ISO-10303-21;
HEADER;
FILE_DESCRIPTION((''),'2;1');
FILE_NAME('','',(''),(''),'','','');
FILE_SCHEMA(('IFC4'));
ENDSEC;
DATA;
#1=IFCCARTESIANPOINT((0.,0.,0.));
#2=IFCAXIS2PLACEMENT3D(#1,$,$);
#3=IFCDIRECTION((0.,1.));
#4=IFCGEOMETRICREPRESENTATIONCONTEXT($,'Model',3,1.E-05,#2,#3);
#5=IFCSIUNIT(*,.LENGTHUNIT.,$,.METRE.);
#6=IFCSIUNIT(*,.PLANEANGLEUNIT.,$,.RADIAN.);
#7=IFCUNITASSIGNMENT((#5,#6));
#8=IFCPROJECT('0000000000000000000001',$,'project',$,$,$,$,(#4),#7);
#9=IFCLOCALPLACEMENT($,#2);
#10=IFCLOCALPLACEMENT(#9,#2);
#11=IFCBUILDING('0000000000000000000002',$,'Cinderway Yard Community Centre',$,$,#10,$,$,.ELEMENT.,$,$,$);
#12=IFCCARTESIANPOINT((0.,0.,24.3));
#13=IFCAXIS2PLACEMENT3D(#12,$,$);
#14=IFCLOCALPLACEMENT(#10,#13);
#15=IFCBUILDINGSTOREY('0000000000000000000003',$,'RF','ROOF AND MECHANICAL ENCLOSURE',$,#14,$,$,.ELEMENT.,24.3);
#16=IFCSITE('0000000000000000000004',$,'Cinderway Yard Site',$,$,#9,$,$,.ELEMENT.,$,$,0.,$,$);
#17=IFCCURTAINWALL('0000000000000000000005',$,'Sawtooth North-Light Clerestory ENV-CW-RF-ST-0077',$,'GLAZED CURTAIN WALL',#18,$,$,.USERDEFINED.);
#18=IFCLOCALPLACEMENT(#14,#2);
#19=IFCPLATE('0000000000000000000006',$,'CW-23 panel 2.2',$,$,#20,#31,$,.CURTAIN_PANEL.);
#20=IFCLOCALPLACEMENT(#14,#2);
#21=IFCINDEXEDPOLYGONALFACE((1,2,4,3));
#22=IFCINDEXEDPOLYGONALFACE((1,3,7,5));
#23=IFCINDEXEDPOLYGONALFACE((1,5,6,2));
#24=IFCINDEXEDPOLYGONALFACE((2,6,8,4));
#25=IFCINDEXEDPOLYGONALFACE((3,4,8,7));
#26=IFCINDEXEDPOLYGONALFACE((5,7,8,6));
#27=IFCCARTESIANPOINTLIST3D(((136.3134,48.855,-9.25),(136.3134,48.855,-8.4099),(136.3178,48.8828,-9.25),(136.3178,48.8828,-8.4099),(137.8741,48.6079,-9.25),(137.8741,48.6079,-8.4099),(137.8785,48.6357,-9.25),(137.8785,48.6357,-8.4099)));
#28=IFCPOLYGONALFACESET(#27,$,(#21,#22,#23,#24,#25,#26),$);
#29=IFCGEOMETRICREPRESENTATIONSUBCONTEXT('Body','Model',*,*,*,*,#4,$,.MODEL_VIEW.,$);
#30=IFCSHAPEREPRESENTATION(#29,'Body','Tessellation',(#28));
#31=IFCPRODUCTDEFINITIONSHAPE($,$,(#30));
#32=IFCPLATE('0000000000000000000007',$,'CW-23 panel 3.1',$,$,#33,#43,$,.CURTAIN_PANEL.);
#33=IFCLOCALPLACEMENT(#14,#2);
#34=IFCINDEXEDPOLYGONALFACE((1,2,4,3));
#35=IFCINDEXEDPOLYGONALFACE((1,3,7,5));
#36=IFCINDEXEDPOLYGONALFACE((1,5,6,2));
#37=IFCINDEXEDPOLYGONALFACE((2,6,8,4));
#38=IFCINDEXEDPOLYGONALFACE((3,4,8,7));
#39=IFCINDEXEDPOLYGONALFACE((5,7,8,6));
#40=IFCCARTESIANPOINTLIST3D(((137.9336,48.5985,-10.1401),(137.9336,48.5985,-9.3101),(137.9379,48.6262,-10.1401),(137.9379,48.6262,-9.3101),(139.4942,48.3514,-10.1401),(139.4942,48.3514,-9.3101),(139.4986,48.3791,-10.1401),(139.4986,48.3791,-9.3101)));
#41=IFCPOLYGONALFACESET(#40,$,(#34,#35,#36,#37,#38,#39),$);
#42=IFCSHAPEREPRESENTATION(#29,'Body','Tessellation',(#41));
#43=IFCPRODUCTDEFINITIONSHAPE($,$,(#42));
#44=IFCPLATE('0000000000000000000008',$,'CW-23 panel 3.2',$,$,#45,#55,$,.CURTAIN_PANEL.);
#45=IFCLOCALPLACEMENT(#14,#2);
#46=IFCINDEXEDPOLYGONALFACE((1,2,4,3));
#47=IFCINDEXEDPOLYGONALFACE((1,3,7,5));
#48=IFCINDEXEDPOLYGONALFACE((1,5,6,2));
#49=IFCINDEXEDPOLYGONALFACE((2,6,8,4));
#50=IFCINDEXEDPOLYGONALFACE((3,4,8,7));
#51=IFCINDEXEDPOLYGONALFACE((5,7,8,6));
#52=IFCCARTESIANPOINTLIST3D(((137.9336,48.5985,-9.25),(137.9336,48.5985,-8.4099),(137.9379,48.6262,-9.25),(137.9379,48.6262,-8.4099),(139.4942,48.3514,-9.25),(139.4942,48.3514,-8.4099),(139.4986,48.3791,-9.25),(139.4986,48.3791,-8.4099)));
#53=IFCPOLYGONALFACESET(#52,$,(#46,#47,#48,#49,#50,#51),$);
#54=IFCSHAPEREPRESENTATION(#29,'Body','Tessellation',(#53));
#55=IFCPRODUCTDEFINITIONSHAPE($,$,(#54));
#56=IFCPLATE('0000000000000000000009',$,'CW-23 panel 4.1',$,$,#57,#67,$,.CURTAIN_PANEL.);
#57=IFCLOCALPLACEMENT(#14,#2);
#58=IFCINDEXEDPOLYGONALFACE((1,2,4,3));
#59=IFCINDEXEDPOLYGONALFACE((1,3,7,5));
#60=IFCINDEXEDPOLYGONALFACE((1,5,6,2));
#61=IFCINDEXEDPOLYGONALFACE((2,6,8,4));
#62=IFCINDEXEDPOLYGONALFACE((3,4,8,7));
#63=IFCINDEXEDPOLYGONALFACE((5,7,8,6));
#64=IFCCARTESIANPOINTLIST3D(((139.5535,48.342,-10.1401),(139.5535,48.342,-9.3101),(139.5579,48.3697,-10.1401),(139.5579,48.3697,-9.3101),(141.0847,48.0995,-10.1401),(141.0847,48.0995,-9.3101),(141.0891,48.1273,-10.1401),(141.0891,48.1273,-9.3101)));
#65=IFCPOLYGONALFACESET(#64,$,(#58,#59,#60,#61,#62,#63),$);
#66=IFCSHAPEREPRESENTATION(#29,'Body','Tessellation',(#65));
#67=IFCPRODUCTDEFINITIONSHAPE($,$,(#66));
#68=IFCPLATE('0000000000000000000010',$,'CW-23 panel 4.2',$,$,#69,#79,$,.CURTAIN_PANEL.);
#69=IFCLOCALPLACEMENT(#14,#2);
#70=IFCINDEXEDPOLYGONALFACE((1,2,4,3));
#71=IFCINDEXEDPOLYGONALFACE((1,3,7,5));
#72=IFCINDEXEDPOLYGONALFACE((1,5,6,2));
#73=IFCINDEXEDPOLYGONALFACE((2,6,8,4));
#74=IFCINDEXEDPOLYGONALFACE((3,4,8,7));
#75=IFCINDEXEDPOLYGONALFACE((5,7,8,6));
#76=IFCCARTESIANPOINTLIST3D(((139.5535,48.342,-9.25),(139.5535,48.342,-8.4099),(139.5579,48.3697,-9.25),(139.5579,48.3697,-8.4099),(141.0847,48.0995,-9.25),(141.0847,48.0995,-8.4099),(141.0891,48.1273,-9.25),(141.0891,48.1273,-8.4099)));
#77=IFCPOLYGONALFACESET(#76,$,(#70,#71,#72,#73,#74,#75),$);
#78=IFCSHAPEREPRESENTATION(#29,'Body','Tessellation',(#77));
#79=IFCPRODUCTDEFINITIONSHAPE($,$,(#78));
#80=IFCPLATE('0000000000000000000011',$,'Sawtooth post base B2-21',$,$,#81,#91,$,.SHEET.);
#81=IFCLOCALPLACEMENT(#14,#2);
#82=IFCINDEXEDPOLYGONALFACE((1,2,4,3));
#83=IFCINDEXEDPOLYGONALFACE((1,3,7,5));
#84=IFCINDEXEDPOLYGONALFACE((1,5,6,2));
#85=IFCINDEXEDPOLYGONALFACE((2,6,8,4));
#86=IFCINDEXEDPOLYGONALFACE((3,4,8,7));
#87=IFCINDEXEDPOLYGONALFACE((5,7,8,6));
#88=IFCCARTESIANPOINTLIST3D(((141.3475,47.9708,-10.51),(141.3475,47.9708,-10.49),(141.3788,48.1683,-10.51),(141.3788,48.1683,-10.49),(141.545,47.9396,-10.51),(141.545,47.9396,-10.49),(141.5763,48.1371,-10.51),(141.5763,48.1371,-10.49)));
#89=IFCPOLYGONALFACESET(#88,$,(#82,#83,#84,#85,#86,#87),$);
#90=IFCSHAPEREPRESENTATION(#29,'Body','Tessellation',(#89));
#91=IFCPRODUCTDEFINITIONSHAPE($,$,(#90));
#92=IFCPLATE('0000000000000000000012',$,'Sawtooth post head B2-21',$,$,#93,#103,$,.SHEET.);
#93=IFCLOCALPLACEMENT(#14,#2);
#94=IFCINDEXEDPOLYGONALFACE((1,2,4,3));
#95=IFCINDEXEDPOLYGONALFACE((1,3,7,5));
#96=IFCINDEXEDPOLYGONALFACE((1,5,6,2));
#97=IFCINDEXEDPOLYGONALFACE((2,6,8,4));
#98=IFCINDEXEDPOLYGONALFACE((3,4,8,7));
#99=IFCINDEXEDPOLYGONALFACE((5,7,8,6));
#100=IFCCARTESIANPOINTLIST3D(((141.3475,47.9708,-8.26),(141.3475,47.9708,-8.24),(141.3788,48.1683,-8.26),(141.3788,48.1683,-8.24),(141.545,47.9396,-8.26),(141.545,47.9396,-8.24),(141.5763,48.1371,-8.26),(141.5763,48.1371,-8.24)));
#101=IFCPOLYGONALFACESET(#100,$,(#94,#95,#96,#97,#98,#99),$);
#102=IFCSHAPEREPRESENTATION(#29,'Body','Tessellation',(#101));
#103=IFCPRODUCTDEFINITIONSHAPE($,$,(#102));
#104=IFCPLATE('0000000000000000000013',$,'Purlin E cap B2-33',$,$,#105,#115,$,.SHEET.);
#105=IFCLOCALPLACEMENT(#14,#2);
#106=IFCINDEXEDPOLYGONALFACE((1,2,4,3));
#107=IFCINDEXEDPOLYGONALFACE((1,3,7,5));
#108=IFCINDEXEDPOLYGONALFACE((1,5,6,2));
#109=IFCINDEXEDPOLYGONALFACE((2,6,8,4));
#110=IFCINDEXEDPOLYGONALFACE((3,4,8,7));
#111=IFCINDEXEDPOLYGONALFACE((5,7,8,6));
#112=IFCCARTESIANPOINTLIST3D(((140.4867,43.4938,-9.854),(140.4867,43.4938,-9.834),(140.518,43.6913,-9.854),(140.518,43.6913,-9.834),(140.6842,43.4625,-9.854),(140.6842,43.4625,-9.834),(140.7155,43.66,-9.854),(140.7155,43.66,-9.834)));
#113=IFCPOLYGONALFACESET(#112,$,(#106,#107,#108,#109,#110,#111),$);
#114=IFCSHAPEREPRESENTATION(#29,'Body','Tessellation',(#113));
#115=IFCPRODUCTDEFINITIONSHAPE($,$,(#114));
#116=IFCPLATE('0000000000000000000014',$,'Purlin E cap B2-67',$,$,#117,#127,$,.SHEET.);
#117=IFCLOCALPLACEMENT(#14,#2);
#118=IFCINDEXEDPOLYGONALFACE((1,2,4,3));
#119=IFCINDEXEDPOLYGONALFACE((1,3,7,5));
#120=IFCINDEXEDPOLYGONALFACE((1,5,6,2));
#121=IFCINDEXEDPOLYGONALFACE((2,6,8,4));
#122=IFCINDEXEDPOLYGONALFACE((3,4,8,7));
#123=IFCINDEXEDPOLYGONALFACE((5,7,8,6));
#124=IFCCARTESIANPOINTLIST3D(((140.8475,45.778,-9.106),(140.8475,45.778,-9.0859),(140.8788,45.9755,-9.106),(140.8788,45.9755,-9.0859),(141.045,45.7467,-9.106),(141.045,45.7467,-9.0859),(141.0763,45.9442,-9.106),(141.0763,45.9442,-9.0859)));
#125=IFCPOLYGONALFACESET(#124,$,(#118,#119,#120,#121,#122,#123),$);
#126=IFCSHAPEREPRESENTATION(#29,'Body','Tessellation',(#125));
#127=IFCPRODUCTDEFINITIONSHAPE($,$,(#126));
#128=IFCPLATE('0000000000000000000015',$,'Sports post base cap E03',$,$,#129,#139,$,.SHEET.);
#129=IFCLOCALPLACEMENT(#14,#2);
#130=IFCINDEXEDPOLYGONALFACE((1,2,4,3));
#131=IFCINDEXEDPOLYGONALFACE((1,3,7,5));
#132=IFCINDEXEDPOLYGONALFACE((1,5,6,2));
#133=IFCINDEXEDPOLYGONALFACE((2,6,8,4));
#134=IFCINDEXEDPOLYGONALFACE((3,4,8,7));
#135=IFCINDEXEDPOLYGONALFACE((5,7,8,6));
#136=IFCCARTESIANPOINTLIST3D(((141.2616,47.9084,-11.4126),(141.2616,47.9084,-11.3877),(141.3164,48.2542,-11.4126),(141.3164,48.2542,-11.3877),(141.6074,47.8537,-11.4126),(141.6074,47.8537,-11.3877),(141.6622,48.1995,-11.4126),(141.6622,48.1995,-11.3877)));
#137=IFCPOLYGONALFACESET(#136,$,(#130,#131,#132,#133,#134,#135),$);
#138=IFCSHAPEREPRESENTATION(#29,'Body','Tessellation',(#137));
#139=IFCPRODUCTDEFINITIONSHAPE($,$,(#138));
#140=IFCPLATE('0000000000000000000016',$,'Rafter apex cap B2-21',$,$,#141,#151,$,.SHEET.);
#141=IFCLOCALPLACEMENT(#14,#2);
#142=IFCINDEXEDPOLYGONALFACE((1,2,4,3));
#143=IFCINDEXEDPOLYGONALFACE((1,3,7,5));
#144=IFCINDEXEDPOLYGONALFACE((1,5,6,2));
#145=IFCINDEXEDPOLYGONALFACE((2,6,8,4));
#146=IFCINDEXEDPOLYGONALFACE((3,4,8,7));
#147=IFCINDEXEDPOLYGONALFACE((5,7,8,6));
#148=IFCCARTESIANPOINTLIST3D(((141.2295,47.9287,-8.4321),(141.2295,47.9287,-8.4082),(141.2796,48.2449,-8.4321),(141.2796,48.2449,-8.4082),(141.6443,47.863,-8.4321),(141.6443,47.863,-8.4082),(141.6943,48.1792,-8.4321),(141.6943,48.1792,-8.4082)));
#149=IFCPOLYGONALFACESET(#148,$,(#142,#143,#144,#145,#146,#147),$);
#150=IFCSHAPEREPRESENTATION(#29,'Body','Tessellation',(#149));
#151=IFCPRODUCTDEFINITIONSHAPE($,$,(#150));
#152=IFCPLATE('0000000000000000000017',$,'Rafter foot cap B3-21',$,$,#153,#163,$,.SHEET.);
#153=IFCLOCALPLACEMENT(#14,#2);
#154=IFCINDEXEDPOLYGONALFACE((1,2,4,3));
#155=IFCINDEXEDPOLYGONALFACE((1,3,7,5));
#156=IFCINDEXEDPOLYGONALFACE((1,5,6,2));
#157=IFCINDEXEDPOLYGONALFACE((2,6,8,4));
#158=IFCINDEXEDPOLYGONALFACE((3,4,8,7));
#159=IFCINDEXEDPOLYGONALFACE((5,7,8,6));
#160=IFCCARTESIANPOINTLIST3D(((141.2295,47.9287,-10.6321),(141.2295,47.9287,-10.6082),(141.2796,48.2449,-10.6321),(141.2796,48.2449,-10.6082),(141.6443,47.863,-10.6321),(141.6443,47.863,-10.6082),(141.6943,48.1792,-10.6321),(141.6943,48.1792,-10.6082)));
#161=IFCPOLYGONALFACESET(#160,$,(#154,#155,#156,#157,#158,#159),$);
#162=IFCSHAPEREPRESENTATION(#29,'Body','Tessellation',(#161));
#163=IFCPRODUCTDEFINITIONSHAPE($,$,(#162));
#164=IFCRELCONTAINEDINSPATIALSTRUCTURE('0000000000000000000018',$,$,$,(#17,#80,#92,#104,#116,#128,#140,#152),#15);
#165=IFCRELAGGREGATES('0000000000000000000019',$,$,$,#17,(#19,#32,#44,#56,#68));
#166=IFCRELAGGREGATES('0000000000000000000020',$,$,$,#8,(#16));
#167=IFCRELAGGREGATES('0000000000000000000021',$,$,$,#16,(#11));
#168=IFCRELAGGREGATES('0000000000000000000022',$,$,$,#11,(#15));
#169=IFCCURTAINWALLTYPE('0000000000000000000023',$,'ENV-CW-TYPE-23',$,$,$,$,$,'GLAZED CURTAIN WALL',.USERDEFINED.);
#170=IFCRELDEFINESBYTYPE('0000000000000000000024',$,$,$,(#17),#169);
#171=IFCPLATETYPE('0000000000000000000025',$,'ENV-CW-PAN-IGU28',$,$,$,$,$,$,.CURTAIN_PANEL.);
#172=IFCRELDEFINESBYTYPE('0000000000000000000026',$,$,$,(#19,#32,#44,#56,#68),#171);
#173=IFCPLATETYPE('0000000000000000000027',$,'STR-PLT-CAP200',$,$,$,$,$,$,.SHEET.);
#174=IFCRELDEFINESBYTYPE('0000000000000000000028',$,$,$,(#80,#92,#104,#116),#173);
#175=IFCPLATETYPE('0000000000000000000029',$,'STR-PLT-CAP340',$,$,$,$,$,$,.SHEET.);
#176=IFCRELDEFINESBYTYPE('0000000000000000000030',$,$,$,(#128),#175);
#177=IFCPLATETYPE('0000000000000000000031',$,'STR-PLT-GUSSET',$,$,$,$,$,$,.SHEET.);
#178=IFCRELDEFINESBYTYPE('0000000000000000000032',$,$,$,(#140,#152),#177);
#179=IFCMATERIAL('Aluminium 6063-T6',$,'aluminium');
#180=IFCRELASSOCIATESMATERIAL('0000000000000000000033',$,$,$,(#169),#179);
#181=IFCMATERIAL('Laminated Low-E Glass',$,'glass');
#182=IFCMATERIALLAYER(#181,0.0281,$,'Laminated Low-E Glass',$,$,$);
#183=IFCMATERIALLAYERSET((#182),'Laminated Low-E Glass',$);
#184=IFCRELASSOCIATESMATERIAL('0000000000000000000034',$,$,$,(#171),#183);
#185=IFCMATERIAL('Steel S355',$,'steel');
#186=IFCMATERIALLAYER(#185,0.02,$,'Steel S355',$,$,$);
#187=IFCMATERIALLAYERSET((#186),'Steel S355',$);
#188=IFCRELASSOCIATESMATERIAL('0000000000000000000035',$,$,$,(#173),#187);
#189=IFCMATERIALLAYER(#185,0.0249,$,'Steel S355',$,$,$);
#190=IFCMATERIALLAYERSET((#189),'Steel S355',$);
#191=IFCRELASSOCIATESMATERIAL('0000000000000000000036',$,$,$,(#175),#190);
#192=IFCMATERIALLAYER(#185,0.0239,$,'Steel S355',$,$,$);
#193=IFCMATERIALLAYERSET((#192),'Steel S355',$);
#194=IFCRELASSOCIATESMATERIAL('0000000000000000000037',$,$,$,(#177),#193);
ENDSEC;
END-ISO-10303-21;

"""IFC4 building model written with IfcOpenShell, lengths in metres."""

from ifc_helpers import new_model, si_unit, direction, frame, origin, origin_2d, place, context, subcontext, project, spatial, rectangle, extrude, material, layer, layer_set, type_object, element, aggregate, save


model = new_model("IFC4")

# Units and contexts
model_context = context("Model", 3, precision=1e-05, world=origin(), true_north=direction((0.0, 1.0)))
body_context = subcontext(model_context, "Body", "Model", "MODEL_VIEW")
ifc_project = project(units=[si_unit("LENGTHUNIT", "METRE"), si_unit("PLANEANGLEUNIT", "RADIAN")], contexts=[model_context])

# Site, building, storey
site_placement = place(None, origin())
site = spatial("IfcSite", under=ifc_project, at=site_placement, Name="Cinderway Yard Site", CompositionType="ELEMENT", RefElevation=0.0)
building_placement = place(site_placement, origin())
building = spatial("IfcBuilding", under=site, at=building_placement, Name="Cinderway Yard Community Centre", CompositionType="ELEMENT")
storey_placement = place(building_placement, frame((0.0, 0.0, 24.3)))
storey = spatial("IfcBuildingStorey", under=building, at=storey_placement, Name="RF", Description="ROOF AND MECHANICAL ENCLOSURE", CompositionType="ELEMENT", Elevation=24.3)

# Shared definitions
ifc_material_1 = material(Name="Steel S355", Category="steel")

# Curtain wall
ifc_material_2 = material(Name="Aluminium 6063-T6", Category="aluminium")
curtain_wall_type = type_object("IfcCurtainWallType", Name="ENV-CW-TYPE-23", ElementType="GLAZED CURTAIN WALL", PredefinedType="USERDEFINED", material=ifc_material_2)
curtain_wall_placement = place(storey_placement, origin())
curtain_wall = element("IfcCurtainWall", 1, at=curtain_wall_placement, inside=storey, type_object=curtain_wall_type, Name="Sawtooth North-Light Clerestory ENV-CW-RF-ST-0077", ObjectType="GLAZED CURTAIN WALL", PredefinedType="USERDEFINED")

# Plates
ifc_material_3 = material(Name="Laminated Low-E Glass", Category="glass")
ifc_layer_1 = layer(ifc_material_3, 0.0281, Name="Laminated Low-E Glass")
ifc_layer_set_1 = layer_set([ifc_layer_1], Name="Laminated Low-E Glass")
plate_type_1 = type_object("IfcPlateType", Name="ENV-CW-PAN-IGU28", PredefinedType="CURTAIN_PANEL", material=ifc_layer_set_1)
plate_1_placement = place(storey_placement, frame((137.0959, 48.7454, -9.25), z_axis=(0.0, 0.0, 1.0), x_axis=(0.987696, -0.156385, 0.0)))
plate_1 = element("IfcPlate", 2, at=plate_1_placement, type_object=plate_type_1, Name="CW-23 panel 2.2", PredefinedType="CURTAIN_PANEL", context=body_context, shape_type="SweptSolid", body=[
    extrude(rectangle(XDim=1.5801, YDim=0.0281, at=origin_2d()), origin(), (0.0, 0.0, 1.0), 0.8401),
])
plate_2_placement = place(storey_placement, frame((138.7161, 48.4888, -10.1401), z_axis=(0.0, 0.0, 1.0), x_axis=(0.987696, -0.156385, 0.0)))
plate_2 = element("IfcPlate", 3, at=plate_2_placement, type_object=plate_type_1, Name="CW-23 panel 3.1", PredefinedType="CURTAIN_PANEL", context=body_context, shape_type="SweptSolid", body=[
    extrude(rectangle(XDim=1.5801, YDim=0.0281, at=origin_2d()), origin(), (0.0, 0.0, 1.0), 0.8301),
])
plate_3_placement = place(storey_placement, frame((138.7161, 48.4888, -9.25), z_axis=(0.0, 0.0, 1.0), x_axis=(0.987696, -0.156385, 0.0)))
plate_3 = element("IfcPlate", 4, at=plate_3_placement, type_object=plate_type_1, Name="CW-23 panel 3.2", PredefinedType="CURTAIN_PANEL", context=body_context, shape_type="SweptSolid", body=[
    extrude(rectangle(XDim=1.5801, YDim=0.0281, at=origin_2d()), origin(), (0.0, 0.0, 1.0), 0.8401),
])
plate_4_placement = place(storey_placement, frame((140.3213, 48.2346, -10.1401), z_axis=(0.0, 0.0, 1.0), x_axis=(0.987696, -0.156385, 0.0)))
plate_4 = element("IfcPlate", 5, at=plate_4_placement, type_object=plate_type_1, Name="CW-23 panel 4.1", PredefinedType="CURTAIN_PANEL", context=body_context, shape_type="SweptSolid", body=[
    extrude(rectangle(XDim=1.5503, YDim=0.0281, at=origin_2d()), origin(), (0.0, 0.0, 1.0), 0.8301),
])
plate_5_placement = place(storey_placement, frame((140.3213, 48.2346, -9.25), z_axis=(0.0, 0.0, 1.0), x_axis=(0.987696, -0.156385, 0.0)))
plate_5 = element("IfcPlate", 6, at=plate_5_placement, type_object=plate_type_1, Name="CW-23 panel 4.2", PredefinedType="CURTAIN_PANEL", context=body_context, shape_type="SweptSolid", body=[
    extrude(rectangle(XDim=1.5503, YDim=0.0281, at=origin_2d()), origin(), (0.0, 0.0, 1.0), 0.8401),
])
aggregate(curtain_wall, [plate_1, plate_2, plate_3, plate_4, plate_5])

# Plates
ifc_layer_2 = layer(ifc_material_1, 0.02, Name="Steel S355")
ifc_layer_set_2 = layer_set([ifc_layer_2], Name="Steel S355")
plate_type_2 = type_object("IfcPlateType", Name="STR-PLT-CAP200", PredefinedType="SHEET", material=ifc_layer_set_2)
for number, where, z_axis, x_axis, name in (
    (7, (141.4619, 48.054, -10.51), (0.0, 0.0, 1.0), (0.987688, -0.156434, 0.0), "Sawtooth post base B2-21"),
    (8, (141.4619, 48.054, -8.26), (0.0, 0.0, 1.0), (0.987688, -0.156434, 0.0), "Sawtooth post head B2-21"),
    (9, (140.6011, 43.5769, -9.854), (0.0, 0.0, 1.0), (0.987688, -0.156434, 0.0), "Purlin E cap B2-33"),
    (10, (140.9619, 45.8611, -9.106), (0.0, 0.0, 1.0), (0.987688, -0.156434, 0.0), "Purlin E cap B2-67"),
):
    element("IfcPlate", number, at=place(storey_placement, frame(where, z_axis=z_axis, x_axis=x_axis)), inside=storey, type_object=plate_type_2, Name=name, PredefinedType="SHEET", context=body_context, shape_type="SweptSolid", body=[
        extrude(rectangle(XDim=0.2, YDim=0.2, at=origin_2d()), origin(), (0.0, 0.0, 1.0), 0.02),
    ])
ifc_layer_3 = layer(ifc_material_1, 0.0249, Name="Steel S355")
ifc_layer_set_3 = layer_set([ifc_layer_3], Name="Steel S355")
plate_type_3 = type_object("IfcPlateType", Name="STR-PLT-CAP340", PredefinedType="SHEET", material=ifc_layer_set_3)
plate_6_placement = place(storey_placement, frame((141.4619, 48.054, -11.4126), z_axis=(0.0, 0.0, 1.0), x_axis=(0.987688, -0.156434, 0.0)))
element("IfcPlate", 11, at=plate_6_placement, inside=storey, type_object=plate_type_3, Name="Sports post base cap E03", PredefinedType="SHEET", context=body_context, shape_type="SweptSolid", body=[
    extrude(rectangle(XDim=0.3501, YDim=0.3501, at=origin_2d()), origin(), (0.0, 0.0, 1.0), 0.0249),
])
ifc_layer_4 = layer(ifc_material_1, 0.0239, Name="Steel S355")
ifc_layer_set_4 = layer_set([ifc_layer_4], Name="Steel S355")
plate_type_4 = type_object("IfcPlateType", Name="STR-PLT-GUSSET", PredefinedType="SHEET", material=ifc_layer_set_4)
for number, where, z_axis, x_axis, name in (
    (12, (141.4619, 48.054, -8.4321), (0.0, 0.0, 1.0), (0.987688, -0.156434, 0.0), "Rafter apex cap B2-21"),
    (13, (141.4619, 48.054, -10.6321), (0.0, 0.0, 1.0), (0.987688, -0.156434, 0.0), "Rafter foot cap B3-21"),
):
    element("IfcPlate", number, at=place(storey_placement, frame(where, z_axis=z_axis, x_axis=x_axis)), inside=storey, type_object=plate_type_4, Name=name, PredefinedType="SHEET", context=body_context, shape_type="SweptSolid", body=[
        extrude(rectangle(XDim=0.4199, YDim=0.3201, at=origin_2d()), origin(), (0.0, 0.0, 1.0), 0.0239),
    ])

save(model, "model.ifc")
